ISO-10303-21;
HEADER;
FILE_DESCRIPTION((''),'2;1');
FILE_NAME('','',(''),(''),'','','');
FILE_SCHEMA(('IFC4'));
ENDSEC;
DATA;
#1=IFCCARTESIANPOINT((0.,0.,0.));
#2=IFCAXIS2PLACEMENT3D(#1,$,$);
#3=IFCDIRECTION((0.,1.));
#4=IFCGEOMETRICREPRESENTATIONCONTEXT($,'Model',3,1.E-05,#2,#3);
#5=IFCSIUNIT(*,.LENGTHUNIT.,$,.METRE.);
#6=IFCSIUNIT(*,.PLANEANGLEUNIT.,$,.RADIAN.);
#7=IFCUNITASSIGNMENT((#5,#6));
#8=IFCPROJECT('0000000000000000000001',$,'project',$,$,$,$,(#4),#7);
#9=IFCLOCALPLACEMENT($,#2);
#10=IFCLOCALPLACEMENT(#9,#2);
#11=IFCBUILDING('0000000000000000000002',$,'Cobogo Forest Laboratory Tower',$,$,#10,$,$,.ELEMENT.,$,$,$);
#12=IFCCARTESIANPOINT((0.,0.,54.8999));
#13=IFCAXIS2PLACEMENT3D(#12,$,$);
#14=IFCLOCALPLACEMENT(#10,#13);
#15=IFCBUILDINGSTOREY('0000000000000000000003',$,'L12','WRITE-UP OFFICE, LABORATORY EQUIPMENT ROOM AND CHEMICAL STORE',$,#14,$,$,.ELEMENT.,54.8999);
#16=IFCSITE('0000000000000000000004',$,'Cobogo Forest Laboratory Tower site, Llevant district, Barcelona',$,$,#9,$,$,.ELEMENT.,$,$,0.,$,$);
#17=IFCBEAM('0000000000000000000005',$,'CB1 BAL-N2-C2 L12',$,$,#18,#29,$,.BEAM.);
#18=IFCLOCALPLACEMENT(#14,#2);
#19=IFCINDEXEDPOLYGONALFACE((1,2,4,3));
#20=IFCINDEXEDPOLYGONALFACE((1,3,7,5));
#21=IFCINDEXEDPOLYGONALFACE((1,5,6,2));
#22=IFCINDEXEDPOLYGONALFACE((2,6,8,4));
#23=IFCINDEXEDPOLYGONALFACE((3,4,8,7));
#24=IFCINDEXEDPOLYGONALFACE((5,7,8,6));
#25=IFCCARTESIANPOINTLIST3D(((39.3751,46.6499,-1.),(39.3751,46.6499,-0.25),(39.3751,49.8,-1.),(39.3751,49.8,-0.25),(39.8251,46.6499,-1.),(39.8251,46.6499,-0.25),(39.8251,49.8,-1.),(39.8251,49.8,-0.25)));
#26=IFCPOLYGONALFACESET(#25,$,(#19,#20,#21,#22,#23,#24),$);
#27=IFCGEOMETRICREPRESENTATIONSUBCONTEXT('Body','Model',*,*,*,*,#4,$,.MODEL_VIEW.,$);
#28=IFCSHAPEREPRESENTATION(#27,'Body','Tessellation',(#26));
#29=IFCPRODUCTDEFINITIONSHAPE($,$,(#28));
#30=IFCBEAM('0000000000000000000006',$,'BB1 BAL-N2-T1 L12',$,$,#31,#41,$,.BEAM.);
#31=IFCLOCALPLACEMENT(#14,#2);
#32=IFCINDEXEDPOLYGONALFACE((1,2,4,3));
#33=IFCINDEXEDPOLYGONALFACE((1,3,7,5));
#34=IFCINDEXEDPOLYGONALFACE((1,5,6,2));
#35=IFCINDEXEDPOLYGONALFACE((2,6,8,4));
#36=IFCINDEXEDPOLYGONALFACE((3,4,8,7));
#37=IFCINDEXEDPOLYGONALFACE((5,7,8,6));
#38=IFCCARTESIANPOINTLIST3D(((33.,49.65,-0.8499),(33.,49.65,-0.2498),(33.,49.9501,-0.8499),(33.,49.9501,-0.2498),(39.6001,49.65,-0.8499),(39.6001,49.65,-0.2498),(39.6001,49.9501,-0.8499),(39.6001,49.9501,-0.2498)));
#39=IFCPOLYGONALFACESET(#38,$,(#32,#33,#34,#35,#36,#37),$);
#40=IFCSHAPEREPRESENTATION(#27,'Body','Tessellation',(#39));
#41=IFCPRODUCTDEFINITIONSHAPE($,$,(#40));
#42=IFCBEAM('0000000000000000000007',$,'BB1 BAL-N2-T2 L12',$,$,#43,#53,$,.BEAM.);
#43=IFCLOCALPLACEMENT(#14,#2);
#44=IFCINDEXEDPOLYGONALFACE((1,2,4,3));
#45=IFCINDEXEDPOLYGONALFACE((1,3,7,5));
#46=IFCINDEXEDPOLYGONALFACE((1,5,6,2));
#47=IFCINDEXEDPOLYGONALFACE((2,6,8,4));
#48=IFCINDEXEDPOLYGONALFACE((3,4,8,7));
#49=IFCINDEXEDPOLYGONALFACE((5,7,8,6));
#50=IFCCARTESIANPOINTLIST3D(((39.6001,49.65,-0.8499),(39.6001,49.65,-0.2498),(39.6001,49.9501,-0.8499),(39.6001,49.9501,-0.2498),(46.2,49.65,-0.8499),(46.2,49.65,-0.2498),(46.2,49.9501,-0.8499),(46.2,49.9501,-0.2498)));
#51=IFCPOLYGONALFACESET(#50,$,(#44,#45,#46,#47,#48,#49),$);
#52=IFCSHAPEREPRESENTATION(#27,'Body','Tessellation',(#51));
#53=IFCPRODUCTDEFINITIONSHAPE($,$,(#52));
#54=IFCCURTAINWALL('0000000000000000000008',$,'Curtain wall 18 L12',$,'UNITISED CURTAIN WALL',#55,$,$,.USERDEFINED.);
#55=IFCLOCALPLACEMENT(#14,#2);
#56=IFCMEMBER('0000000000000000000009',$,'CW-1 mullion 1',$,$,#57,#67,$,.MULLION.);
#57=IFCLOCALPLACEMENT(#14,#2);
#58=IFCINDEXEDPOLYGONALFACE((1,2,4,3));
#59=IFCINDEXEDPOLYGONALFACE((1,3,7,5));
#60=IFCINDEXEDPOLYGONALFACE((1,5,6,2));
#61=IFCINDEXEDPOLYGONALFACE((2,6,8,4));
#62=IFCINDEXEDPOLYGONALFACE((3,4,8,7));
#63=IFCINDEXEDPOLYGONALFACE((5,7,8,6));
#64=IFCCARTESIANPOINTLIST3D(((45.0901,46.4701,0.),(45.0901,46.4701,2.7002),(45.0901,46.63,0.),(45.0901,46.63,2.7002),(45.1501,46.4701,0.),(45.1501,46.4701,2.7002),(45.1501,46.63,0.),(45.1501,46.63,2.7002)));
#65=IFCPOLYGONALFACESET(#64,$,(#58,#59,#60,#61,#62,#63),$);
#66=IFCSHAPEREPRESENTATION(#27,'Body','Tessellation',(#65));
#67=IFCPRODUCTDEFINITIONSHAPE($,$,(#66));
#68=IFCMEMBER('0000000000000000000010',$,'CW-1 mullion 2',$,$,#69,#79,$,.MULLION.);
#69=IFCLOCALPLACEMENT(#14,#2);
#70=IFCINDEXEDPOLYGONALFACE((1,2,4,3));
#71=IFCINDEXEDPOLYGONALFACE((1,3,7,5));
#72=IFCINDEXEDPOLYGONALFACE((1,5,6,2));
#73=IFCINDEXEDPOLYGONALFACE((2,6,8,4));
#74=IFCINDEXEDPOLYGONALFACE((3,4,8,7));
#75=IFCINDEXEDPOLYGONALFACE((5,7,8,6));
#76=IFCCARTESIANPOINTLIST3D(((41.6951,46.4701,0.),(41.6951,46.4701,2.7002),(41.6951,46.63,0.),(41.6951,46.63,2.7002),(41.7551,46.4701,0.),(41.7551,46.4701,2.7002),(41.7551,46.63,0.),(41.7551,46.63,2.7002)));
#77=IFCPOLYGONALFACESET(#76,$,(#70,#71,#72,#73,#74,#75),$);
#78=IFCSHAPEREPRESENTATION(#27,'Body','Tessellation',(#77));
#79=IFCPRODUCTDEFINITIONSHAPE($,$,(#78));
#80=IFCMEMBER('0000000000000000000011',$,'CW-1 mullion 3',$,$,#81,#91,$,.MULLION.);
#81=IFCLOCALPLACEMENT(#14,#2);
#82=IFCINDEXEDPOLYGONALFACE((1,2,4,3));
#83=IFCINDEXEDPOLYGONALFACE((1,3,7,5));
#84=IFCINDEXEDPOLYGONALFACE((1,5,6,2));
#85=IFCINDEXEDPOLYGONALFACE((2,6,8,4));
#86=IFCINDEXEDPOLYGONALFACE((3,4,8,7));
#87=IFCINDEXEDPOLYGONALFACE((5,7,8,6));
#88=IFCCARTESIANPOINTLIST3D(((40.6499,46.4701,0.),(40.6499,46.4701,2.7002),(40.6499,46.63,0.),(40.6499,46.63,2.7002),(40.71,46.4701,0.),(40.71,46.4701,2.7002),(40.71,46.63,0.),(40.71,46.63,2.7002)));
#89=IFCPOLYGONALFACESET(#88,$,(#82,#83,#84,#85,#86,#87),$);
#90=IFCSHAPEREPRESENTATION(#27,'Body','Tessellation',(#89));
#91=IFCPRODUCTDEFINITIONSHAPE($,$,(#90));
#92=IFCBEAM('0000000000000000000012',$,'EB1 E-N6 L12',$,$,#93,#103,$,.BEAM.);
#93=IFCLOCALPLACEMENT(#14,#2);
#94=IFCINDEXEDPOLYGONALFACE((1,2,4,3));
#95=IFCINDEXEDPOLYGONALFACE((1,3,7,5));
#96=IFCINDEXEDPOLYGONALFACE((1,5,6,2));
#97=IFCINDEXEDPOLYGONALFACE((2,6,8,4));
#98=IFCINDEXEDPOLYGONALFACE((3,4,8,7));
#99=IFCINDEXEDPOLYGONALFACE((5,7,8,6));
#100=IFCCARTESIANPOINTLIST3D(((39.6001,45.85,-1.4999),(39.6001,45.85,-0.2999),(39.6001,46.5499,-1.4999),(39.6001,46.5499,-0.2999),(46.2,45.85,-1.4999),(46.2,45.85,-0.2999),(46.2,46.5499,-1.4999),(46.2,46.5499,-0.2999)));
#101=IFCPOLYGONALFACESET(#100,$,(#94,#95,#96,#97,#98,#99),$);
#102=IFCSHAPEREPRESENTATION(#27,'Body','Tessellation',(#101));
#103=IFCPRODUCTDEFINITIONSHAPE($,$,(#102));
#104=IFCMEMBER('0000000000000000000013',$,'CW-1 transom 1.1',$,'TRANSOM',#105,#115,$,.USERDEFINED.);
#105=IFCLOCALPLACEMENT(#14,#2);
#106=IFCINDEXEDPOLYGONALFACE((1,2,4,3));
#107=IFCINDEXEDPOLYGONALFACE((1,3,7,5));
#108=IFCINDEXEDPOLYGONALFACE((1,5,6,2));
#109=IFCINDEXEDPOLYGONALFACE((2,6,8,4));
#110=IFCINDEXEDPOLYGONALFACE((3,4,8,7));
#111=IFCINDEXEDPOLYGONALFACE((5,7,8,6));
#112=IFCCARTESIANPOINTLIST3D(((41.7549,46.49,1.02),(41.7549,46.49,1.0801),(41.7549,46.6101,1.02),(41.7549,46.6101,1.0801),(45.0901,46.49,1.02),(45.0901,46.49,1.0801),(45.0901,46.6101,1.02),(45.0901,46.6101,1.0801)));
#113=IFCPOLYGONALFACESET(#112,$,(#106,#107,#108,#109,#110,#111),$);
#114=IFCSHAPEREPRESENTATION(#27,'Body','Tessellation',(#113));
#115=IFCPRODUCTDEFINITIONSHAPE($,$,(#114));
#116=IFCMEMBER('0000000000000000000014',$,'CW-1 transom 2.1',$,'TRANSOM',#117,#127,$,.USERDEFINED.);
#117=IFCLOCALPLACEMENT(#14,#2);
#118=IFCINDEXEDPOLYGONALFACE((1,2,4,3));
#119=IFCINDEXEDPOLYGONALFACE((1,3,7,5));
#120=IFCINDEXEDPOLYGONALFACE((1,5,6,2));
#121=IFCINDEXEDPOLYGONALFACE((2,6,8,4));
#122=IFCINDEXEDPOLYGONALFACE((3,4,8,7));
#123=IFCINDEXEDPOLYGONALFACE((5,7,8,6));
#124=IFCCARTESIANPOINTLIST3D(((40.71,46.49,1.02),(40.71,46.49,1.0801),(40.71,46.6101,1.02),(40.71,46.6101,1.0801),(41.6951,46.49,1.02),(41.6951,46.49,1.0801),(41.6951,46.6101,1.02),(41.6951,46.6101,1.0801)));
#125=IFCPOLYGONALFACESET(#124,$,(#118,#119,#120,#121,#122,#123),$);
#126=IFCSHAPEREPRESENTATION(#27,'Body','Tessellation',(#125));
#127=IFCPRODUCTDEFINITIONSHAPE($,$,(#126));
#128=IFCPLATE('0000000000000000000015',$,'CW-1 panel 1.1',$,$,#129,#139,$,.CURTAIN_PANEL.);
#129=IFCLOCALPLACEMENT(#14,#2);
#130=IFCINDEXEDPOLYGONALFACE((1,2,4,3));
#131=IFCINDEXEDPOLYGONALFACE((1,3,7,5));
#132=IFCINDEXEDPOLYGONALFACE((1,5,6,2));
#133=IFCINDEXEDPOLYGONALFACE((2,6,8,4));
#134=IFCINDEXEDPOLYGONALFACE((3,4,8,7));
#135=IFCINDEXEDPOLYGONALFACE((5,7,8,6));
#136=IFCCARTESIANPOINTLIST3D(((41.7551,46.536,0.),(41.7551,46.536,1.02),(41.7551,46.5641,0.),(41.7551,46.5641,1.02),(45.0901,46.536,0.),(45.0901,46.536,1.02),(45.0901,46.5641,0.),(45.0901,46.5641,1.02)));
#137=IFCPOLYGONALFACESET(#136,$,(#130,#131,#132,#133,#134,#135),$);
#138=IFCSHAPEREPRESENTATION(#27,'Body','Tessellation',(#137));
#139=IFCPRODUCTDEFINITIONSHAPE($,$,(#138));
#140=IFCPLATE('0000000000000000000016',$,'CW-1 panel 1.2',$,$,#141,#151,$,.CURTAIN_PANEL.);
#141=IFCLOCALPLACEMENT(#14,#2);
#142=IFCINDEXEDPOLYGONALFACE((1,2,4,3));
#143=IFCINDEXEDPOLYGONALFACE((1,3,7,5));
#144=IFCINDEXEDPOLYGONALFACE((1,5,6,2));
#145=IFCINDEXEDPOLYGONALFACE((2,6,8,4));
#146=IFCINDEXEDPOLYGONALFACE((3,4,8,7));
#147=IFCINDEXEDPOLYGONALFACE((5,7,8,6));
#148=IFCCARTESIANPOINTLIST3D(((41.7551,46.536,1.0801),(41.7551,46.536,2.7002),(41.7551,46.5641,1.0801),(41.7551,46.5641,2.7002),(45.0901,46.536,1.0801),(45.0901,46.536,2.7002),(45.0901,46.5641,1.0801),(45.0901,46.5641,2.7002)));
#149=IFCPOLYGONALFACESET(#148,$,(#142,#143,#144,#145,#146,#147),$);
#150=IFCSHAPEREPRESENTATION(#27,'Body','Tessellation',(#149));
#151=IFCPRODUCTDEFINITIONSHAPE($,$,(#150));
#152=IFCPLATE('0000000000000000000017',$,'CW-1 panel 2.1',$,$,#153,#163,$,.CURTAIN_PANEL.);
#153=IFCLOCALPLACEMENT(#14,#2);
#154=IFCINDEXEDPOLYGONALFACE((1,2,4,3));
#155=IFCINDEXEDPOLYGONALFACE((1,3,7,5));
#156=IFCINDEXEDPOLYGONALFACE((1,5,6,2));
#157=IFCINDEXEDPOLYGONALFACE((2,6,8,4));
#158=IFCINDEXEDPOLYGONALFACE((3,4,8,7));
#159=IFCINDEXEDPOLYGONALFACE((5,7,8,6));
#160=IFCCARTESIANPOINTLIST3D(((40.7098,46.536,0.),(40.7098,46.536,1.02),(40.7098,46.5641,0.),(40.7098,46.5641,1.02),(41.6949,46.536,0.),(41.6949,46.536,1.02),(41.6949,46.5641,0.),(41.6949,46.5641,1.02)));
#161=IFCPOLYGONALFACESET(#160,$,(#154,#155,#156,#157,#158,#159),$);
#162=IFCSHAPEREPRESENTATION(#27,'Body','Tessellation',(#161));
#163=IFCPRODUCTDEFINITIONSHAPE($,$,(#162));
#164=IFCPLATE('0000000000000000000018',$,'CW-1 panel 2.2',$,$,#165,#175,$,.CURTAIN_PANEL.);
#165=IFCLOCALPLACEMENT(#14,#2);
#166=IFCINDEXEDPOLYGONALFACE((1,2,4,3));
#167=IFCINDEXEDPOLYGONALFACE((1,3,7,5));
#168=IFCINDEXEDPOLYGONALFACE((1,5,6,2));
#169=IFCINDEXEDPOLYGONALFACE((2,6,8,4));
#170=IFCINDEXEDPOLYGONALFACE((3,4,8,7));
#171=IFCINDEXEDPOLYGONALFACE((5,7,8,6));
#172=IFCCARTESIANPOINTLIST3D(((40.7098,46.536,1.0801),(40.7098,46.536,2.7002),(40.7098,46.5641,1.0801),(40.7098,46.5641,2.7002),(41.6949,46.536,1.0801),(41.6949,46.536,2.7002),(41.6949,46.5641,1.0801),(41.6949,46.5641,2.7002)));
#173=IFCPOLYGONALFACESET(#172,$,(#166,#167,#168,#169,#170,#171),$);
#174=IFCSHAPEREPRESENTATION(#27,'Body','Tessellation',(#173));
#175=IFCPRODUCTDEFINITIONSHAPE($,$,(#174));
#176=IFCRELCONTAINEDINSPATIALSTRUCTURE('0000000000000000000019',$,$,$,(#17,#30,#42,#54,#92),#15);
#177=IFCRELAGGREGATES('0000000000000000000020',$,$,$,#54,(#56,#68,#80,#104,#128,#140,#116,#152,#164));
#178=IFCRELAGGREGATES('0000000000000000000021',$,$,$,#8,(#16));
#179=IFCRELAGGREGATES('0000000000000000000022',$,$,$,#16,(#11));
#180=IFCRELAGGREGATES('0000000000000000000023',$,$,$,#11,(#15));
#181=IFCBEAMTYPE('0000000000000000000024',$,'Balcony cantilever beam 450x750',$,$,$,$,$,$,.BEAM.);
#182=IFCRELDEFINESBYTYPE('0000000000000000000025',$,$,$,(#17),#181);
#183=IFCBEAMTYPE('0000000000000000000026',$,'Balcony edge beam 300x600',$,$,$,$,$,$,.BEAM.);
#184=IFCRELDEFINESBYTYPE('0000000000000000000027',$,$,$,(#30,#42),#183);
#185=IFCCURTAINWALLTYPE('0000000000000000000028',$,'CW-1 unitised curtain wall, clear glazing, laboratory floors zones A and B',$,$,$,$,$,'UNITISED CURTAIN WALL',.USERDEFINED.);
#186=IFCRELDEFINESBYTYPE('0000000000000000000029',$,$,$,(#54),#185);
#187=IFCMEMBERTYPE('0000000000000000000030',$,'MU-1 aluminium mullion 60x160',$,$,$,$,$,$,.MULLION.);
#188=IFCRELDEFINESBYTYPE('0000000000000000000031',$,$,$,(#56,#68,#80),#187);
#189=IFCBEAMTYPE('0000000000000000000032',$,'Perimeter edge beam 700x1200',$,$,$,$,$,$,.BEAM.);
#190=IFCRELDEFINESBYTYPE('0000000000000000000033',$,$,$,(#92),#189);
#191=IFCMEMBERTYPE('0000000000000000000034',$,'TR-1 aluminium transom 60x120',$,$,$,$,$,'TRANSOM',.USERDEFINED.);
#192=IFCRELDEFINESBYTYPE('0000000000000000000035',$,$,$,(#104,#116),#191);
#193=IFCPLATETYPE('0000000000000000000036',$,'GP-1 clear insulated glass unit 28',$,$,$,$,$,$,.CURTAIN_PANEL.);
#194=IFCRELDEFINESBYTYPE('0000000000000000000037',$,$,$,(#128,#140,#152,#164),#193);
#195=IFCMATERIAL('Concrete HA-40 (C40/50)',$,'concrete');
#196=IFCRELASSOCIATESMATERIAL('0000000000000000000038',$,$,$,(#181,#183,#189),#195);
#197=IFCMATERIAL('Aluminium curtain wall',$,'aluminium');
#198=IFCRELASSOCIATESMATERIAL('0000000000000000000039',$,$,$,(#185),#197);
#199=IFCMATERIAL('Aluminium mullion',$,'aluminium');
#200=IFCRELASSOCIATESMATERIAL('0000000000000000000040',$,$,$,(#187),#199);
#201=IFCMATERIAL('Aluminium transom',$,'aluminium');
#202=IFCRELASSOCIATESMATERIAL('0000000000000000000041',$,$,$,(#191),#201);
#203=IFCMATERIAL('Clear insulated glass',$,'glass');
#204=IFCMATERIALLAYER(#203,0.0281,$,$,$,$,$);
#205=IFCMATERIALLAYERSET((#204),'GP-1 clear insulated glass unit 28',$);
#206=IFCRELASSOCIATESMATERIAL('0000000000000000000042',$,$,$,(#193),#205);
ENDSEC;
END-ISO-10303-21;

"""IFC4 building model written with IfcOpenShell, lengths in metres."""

from ifc_helpers import new_model, si_unit, direction, frame, origin, origin_2d, place, context, subcontext, project, spatial, rectangle, extrude, material, layer, layer_set, material_profile, profile_set, type_object, element, aggregate, save


model = new_model("IFC4")

# Units and contexts
model_context = context("Model", 3, precision=1e-05, world=origin(), true_north=direction((0.0, 1.0)))
body_context = subcontext(model_context, "Body", "Model", "MODEL_VIEW")
ifc_project = project(units=[si_unit("LENGTHUNIT", "METRE"), si_unit("PLANEANGLEUNIT", "RADIAN")], contexts=[model_context])

# Site, building, storey
site_placement = place(None, origin())
site = spatial("IfcSite", under=ifc_project, at=site_placement, Name="Cobogo Forest Laboratory Tower site, Llevant district, Barcelona", CompositionType="ELEMENT", RefElevation=0.0)
building_placement = place(site_placement, origin())
building = spatial("IfcBuilding", under=site, at=building_placement, Name="Cobogo Forest Laboratory Tower", CompositionType="ELEMENT")
storey_placement = place(building_placement, frame((0.0, 0.0, 54.8999)))
storey = spatial("IfcBuildingStorey", under=building, at=storey_placement, Name="L12", Description="WRITE-UP OFFICE, LABORATORY EQUIPMENT ROOM AND CHEMICAL STORE", CompositionType="ELEMENT", Elevation=54.8999)

# Beams
ifc_material_1 = material(Name="Concrete HA-40 (C40/50)", Category="concrete")
ifc_material_profile_1 = material_profile(ifc_material_1, rectangle(XDim=0.45, YDim=0.75, at=origin_2d()), Name="RC 450x750")
ifc_profile_set_1 = profile_set([ifc_material_profile_1], Name="Concrete HA-40 (C40/50)")
beam_type_1 = type_object("IfcBeamType", Name="Balcony cantilever beam 450x750", PredefinedType="BEAM", material=ifc_profile_set_1)
beam_1_placement = place(storey_placement, frame((39.6001, 46.6499, -0.625), z_axis=(0.0, 1.0, 0.0), x_axis=(-1.0, 0.0, 0.0)))
element("IfcBeam", 1, at=beam_1_placement, inside=storey, type_object=beam_type_1, Name="CB1 BAL-N2-C2 L12", PredefinedType="BEAM", context=body_context, shape_type="SweptSolid", body=[
    extrude(rectangle(XDim=0.45, YDim=0.75, at=origin_2d()), origin(), (0.0, 0.0, 1.0), 3.1501),
])
ifc_material_profile_2 = material_profile(ifc_material_1, rectangle(XDim=0.3, YDim=0.6001, at=origin_2d()), Name="RC 300x600")
ifc_profile_set_2 = profile_set([ifc_material_profile_2], Name="Concrete HA-40 (C40/50)")
beam_type_2 = type_object("IfcBeamType", Name="Balcony edge beam 300x600", PredefinedType="BEAM", material=ifc_profile_set_2)
beam_2_placement = place(storey_placement, frame((33.0, 49.8, -0.5498), z_axis=(1.0, 0.0, 0.0), x_axis=(0.0, 1.0, 0.0)))
element("IfcBeam", 2, at=beam_2_placement, inside=storey, type_object=beam_type_2, Name="BB1 BAL-N2-T1 L12", PredefinedType="BEAM", context=body_context, shape_type="SweptSolid", body=[
    extrude(rectangle(XDim=0.3, YDim=0.6001, at=origin_2d()), origin(), (0.0, 0.0, 1.0), 6.6001),
])
beam_3_placement = place(storey_placement, frame((39.6001, 49.8, -0.5498), z_axis=(1.0, 0.0, 0.0), x_axis=(0.0, 1.0, 0.0)))
element("IfcBeam", 3, at=beam_3_placement, inside=storey, type_object=beam_type_2, Name="BB1 BAL-N2-T2 L12", PredefinedType="BEAM", context=body_context, shape_type="SweptSolid", body=[
    extrude(rectangle(XDim=0.3, YDim=0.6001, at=origin_2d()), origin(), (0.0, 0.0, 1.0), 6.5999),
])

# Curtain wall, members
ifc_material_2 = material(Name="Aluminium curtain wall", Category="aluminium")
curtain_wall_type = type_object("IfcCurtainWallType", Name="CW-1 unitised curtain wall, clear glazing, laboratory floors zones A and B", ElementType="UNITISED CURTAIN WALL", PredefinedType="USERDEFINED", material=ifc_material_2)
curtain_wall_placement = place(storey_placement, origin())
curtain_wall = element("IfcCurtainWall", 4, at=curtain_wall_placement, inside=storey, type_object=curtain_wall_type, Name="Curtain wall 18 L12", ObjectType="UNITISED CURTAIN WALL", PredefinedType="USERDEFINED")
ifc_material_3 = material(Name="Aluminium mullion", Category="aluminium")
ifc_material_profile_3 = material_profile(ifc_material_3, rectangle(XDim=0.0601, YDim=0.1599, at=origin_2d()), Name="AL 60x160")
ifc_profile_set_3 = profile_set([ifc_material_profile_3], Name="Aluminium mullion")
member_type_1 = type_object("IfcMemberType", Name="MU-1 aluminium mullion 60x160", PredefinedType="MULLION", material=ifc_profile_set_3)
member_1_placement = place(storey_placement, frame((45.1201, 46.55, 0.0), z_axis=(0.0, 0.0, 1.0), x_axis=(-1.0, 0.0, 0.0)))
member_1 = element("IfcMember", 5, at=member_1_placement, type_object=member_type_1, Name="CW-1 mullion 1", PredefinedType="MULLION", context=body_context, shape_type="SweptSolid", body=[
    extrude(rectangle(XDim=0.0601, YDim=0.1599, at=origin_2d()), origin(), (0.0, 0.0, 1.0), 2.7002),
])
member_2_placement = place(storey_placement, frame((41.7251, 46.55, 0.0), z_axis=(0.0, 0.0, 1.0), x_axis=(-1.0, 0.0, 0.0)))
member_2 = element("IfcMember", 6, at=member_2_placement, type_object=member_type_1, Name="CW-1 mullion 2", PredefinedType="MULLION", context=body_context, shape_type="SweptSolid", body=[
    extrude(rectangle(XDim=0.0601, YDim=0.1599, at=origin_2d()), origin(), (0.0, 0.0, 1.0), 2.7002),
])
member_3_placement = place(storey_placement, frame((40.6799, 46.55, 0.0), z_axis=(0.0, 0.0, 1.0), x_axis=(-1.0, 0.0, 0.0)))
member_3 = element("IfcMember", 7, at=member_3_placement, type_object=member_type_1, Name="CW-1 mullion 3", PredefinedType="MULLION", context=body_context, shape_type="SweptSolid", body=[
    extrude(rectangle(XDim=0.0601, YDim=0.1599, at=origin_2d()), origin(), (0.0, 0.0, 1.0), 2.7002),
])

# Beam
ifc_material_profile_4 = material_profile(ifc_material_1, rectangle(XDim=0.7, YDim=1.2, at=origin_2d()), Name="RC 700x1200")
ifc_profile_set_4 = profile_set([ifc_material_profile_4], Name="Concrete HA-40 (C40/50)")
beam_type_3 = type_object("IfcBeamType", Name="Perimeter edge beam 700x1200", PredefinedType="BEAM", material=ifc_profile_set_4)
beam_4_placement = place(storey_placement, frame((39.6001, 46.2, -0.8999), z_axis=(1.0, 0.0, 0.0), x_axis=(0.0, 1.0, 0.0)))
element("IfcBeam", 8, at=beam_4_placement, inside=storey, type_object=beam_type_3, Name="EB1 E-N6 L12", PredefinedType="BEAM", context=body_context, shape_type="SweptSolid", body=[
    extrude(rectangle(XDim=0.7, YDim=1.2, at=origin_2d()), origin(), (0.0, 0.0, 1.0), 6.5999),
])

# Members
ifc_material_4 = material(Name="Aluminium transom", Category="aluminium")
ifc_material_profile_5 = material_profile(ifc_material_4, rectangle(XDim=0.1201, YDim=0.0601, at=origin_2d()), Name="AL 60x120")
ifc_profile_set_5 = profile_set([ifc_material_profile_5], Name="Aluminium transom")
member_type_2 = type_object("IfcMemberType", Name="TR-1 aluminium transom 60x120", ElementType="TRANSOM", PredefinedType="USERDEFINED", material=ifc_profile_set_5)
member_4_placement = place(storey_placement, frame((45.0901, 46.55, 1.05), z_axis=(-1.0, 0.0, 0.0), x_axis=(0.0, -1.0, 0.0)))
member_4 = element("IfcMember", 9, at=member_4_placement, type_object=member_type_2, Name="CW-1 transom 1.1", ObjectType="TRANSOM", PredefinedType="USERDEFINED", context=body_context, shape_type="SweptSolid", body=[
    extrude(rectangle(XDim=0.1201, YDim=0.0601, at=origin_2d()), origin(), (0.0, 0.0, 1.0), 3.3352),
])
member_5_placement = place(storey_placement, frame((41.6951, 46.55, 1.05), z_axis=(-1.0, 0.0, 0.0), x_axis=(0.0, -1.0, 0.0)))
member_5 = element("IfcMember", 10, at=member_5_placement, type_object=member_type_2, Name="CW-1 transom 2.1", ObjectType="TRANSOM", PredefinedType="USERDEFINED", context=body_context, shape_type="SweptSolid", body=[
    extrude(rectangle(XDim=0.1201, YDim=0.0601, at=origin_2d()), origin(), (0.0, 0.0, 1.0), 0.9851),
])

# Plates
ifc_material_5 = material(Name="Clear insulated glass", Category="glass")
ifc_layer_1 = layer(ifc_material_5, 0.0281)
ifc_layer_set_1 = layer_set([ifc_layer_1], Name="GP-1 clear insulated glass unit 28")
plate_type = type_object("IfcPlateType", Name="GP-1 clear insulated glass unit 28", PredefinedType="CURTAIN_PANEL", material=ifc_layer_set_1)
plate_1_placement = place(storey_placement, frame((43.4226, 46.55, 0.0), z_axis=(0.0, 0.0, 1.0), x_axis=(-1.0, 0.0, 0.0)))
plate_1 = element("IfcPlate", 11, at=plate_1_placement, type_object=plate_type, Name="CW-1 panel 1.1", PredefinedType="CURTAIN_PANEL", context=body_context, shape_type="SweptSolid", body=[
    extrude(rectangle(XDim=3.335, YDim=0.0281, at=origin_2d()), origin(), (0.0, 0.0, 1.0), 1.02),
])
plate_2_placement = place(storey_placement, frame((43.4226, 46.55, 1.0801), z_axis=(0.0, 0.0, 1.0), x_axis=(-1.0, 0.0, 0.0)))
plate_2 = element("IfcPlate", 12, at=plate_2_placement, type_object=plate_type, Name="CW-1 panel 1.2", PredefinedType="CURTAIN_PANEL", context=body_context, shape_type="SweptSolid", body=[
    extrude(rectangle(XDim=3.335, YDim=0.0281, at=origin_2d()), origin(), (0.0, 0.0, 1.0), 1.6201),
])
plate_3_placement = place(storey_placement, frame((41.2024, 46.55, 0.0), z_axis=(0.0, 0.0, 1.0), x_axis=(-1.0, 0.0, 0.0)))
plate_3 = element("IfcPlate", 13, at=plate_3_placement, type_object=plate_type, Name="CW-1 panel 2.1", PredefinedType="CURTAIN_PANEL", context=body_context, shape_type="SweptSolid", body=[
    extrude(rectangle(XDim=0.9851, YDim=0.0281, at=origin_2d()), origin(), (0.0, 0.0, 1.0), 1.02),
])
plate_4_placement = place(storey_placement, frame((41.2024, 46.55, 1.0801), z_axis=(0.0, 0.0, 1.0), x_axis=(-1.0, 0.0, 0.0)))
plate_4 = element("IfcPlate", 14, at=plate_4_placement, type_object=plate_type, Name="CW-1 panel 2.2", PredefinedType="CURTAIN_PANEL", context=body_context, shape_type="SweptSolid", body=[
    extrude(rectangle(XDim=0.9851, YDim=0.0281, at=origin_2d()), origin(), (0.0, 0.0, 1.0), 1.6201),
])
aggregate(curtain_wall, [member_1, member_2, member_3, member_4, plate_1, plate_2, member_5, plate_3, plate_4])

save(model, "model.ifc")
